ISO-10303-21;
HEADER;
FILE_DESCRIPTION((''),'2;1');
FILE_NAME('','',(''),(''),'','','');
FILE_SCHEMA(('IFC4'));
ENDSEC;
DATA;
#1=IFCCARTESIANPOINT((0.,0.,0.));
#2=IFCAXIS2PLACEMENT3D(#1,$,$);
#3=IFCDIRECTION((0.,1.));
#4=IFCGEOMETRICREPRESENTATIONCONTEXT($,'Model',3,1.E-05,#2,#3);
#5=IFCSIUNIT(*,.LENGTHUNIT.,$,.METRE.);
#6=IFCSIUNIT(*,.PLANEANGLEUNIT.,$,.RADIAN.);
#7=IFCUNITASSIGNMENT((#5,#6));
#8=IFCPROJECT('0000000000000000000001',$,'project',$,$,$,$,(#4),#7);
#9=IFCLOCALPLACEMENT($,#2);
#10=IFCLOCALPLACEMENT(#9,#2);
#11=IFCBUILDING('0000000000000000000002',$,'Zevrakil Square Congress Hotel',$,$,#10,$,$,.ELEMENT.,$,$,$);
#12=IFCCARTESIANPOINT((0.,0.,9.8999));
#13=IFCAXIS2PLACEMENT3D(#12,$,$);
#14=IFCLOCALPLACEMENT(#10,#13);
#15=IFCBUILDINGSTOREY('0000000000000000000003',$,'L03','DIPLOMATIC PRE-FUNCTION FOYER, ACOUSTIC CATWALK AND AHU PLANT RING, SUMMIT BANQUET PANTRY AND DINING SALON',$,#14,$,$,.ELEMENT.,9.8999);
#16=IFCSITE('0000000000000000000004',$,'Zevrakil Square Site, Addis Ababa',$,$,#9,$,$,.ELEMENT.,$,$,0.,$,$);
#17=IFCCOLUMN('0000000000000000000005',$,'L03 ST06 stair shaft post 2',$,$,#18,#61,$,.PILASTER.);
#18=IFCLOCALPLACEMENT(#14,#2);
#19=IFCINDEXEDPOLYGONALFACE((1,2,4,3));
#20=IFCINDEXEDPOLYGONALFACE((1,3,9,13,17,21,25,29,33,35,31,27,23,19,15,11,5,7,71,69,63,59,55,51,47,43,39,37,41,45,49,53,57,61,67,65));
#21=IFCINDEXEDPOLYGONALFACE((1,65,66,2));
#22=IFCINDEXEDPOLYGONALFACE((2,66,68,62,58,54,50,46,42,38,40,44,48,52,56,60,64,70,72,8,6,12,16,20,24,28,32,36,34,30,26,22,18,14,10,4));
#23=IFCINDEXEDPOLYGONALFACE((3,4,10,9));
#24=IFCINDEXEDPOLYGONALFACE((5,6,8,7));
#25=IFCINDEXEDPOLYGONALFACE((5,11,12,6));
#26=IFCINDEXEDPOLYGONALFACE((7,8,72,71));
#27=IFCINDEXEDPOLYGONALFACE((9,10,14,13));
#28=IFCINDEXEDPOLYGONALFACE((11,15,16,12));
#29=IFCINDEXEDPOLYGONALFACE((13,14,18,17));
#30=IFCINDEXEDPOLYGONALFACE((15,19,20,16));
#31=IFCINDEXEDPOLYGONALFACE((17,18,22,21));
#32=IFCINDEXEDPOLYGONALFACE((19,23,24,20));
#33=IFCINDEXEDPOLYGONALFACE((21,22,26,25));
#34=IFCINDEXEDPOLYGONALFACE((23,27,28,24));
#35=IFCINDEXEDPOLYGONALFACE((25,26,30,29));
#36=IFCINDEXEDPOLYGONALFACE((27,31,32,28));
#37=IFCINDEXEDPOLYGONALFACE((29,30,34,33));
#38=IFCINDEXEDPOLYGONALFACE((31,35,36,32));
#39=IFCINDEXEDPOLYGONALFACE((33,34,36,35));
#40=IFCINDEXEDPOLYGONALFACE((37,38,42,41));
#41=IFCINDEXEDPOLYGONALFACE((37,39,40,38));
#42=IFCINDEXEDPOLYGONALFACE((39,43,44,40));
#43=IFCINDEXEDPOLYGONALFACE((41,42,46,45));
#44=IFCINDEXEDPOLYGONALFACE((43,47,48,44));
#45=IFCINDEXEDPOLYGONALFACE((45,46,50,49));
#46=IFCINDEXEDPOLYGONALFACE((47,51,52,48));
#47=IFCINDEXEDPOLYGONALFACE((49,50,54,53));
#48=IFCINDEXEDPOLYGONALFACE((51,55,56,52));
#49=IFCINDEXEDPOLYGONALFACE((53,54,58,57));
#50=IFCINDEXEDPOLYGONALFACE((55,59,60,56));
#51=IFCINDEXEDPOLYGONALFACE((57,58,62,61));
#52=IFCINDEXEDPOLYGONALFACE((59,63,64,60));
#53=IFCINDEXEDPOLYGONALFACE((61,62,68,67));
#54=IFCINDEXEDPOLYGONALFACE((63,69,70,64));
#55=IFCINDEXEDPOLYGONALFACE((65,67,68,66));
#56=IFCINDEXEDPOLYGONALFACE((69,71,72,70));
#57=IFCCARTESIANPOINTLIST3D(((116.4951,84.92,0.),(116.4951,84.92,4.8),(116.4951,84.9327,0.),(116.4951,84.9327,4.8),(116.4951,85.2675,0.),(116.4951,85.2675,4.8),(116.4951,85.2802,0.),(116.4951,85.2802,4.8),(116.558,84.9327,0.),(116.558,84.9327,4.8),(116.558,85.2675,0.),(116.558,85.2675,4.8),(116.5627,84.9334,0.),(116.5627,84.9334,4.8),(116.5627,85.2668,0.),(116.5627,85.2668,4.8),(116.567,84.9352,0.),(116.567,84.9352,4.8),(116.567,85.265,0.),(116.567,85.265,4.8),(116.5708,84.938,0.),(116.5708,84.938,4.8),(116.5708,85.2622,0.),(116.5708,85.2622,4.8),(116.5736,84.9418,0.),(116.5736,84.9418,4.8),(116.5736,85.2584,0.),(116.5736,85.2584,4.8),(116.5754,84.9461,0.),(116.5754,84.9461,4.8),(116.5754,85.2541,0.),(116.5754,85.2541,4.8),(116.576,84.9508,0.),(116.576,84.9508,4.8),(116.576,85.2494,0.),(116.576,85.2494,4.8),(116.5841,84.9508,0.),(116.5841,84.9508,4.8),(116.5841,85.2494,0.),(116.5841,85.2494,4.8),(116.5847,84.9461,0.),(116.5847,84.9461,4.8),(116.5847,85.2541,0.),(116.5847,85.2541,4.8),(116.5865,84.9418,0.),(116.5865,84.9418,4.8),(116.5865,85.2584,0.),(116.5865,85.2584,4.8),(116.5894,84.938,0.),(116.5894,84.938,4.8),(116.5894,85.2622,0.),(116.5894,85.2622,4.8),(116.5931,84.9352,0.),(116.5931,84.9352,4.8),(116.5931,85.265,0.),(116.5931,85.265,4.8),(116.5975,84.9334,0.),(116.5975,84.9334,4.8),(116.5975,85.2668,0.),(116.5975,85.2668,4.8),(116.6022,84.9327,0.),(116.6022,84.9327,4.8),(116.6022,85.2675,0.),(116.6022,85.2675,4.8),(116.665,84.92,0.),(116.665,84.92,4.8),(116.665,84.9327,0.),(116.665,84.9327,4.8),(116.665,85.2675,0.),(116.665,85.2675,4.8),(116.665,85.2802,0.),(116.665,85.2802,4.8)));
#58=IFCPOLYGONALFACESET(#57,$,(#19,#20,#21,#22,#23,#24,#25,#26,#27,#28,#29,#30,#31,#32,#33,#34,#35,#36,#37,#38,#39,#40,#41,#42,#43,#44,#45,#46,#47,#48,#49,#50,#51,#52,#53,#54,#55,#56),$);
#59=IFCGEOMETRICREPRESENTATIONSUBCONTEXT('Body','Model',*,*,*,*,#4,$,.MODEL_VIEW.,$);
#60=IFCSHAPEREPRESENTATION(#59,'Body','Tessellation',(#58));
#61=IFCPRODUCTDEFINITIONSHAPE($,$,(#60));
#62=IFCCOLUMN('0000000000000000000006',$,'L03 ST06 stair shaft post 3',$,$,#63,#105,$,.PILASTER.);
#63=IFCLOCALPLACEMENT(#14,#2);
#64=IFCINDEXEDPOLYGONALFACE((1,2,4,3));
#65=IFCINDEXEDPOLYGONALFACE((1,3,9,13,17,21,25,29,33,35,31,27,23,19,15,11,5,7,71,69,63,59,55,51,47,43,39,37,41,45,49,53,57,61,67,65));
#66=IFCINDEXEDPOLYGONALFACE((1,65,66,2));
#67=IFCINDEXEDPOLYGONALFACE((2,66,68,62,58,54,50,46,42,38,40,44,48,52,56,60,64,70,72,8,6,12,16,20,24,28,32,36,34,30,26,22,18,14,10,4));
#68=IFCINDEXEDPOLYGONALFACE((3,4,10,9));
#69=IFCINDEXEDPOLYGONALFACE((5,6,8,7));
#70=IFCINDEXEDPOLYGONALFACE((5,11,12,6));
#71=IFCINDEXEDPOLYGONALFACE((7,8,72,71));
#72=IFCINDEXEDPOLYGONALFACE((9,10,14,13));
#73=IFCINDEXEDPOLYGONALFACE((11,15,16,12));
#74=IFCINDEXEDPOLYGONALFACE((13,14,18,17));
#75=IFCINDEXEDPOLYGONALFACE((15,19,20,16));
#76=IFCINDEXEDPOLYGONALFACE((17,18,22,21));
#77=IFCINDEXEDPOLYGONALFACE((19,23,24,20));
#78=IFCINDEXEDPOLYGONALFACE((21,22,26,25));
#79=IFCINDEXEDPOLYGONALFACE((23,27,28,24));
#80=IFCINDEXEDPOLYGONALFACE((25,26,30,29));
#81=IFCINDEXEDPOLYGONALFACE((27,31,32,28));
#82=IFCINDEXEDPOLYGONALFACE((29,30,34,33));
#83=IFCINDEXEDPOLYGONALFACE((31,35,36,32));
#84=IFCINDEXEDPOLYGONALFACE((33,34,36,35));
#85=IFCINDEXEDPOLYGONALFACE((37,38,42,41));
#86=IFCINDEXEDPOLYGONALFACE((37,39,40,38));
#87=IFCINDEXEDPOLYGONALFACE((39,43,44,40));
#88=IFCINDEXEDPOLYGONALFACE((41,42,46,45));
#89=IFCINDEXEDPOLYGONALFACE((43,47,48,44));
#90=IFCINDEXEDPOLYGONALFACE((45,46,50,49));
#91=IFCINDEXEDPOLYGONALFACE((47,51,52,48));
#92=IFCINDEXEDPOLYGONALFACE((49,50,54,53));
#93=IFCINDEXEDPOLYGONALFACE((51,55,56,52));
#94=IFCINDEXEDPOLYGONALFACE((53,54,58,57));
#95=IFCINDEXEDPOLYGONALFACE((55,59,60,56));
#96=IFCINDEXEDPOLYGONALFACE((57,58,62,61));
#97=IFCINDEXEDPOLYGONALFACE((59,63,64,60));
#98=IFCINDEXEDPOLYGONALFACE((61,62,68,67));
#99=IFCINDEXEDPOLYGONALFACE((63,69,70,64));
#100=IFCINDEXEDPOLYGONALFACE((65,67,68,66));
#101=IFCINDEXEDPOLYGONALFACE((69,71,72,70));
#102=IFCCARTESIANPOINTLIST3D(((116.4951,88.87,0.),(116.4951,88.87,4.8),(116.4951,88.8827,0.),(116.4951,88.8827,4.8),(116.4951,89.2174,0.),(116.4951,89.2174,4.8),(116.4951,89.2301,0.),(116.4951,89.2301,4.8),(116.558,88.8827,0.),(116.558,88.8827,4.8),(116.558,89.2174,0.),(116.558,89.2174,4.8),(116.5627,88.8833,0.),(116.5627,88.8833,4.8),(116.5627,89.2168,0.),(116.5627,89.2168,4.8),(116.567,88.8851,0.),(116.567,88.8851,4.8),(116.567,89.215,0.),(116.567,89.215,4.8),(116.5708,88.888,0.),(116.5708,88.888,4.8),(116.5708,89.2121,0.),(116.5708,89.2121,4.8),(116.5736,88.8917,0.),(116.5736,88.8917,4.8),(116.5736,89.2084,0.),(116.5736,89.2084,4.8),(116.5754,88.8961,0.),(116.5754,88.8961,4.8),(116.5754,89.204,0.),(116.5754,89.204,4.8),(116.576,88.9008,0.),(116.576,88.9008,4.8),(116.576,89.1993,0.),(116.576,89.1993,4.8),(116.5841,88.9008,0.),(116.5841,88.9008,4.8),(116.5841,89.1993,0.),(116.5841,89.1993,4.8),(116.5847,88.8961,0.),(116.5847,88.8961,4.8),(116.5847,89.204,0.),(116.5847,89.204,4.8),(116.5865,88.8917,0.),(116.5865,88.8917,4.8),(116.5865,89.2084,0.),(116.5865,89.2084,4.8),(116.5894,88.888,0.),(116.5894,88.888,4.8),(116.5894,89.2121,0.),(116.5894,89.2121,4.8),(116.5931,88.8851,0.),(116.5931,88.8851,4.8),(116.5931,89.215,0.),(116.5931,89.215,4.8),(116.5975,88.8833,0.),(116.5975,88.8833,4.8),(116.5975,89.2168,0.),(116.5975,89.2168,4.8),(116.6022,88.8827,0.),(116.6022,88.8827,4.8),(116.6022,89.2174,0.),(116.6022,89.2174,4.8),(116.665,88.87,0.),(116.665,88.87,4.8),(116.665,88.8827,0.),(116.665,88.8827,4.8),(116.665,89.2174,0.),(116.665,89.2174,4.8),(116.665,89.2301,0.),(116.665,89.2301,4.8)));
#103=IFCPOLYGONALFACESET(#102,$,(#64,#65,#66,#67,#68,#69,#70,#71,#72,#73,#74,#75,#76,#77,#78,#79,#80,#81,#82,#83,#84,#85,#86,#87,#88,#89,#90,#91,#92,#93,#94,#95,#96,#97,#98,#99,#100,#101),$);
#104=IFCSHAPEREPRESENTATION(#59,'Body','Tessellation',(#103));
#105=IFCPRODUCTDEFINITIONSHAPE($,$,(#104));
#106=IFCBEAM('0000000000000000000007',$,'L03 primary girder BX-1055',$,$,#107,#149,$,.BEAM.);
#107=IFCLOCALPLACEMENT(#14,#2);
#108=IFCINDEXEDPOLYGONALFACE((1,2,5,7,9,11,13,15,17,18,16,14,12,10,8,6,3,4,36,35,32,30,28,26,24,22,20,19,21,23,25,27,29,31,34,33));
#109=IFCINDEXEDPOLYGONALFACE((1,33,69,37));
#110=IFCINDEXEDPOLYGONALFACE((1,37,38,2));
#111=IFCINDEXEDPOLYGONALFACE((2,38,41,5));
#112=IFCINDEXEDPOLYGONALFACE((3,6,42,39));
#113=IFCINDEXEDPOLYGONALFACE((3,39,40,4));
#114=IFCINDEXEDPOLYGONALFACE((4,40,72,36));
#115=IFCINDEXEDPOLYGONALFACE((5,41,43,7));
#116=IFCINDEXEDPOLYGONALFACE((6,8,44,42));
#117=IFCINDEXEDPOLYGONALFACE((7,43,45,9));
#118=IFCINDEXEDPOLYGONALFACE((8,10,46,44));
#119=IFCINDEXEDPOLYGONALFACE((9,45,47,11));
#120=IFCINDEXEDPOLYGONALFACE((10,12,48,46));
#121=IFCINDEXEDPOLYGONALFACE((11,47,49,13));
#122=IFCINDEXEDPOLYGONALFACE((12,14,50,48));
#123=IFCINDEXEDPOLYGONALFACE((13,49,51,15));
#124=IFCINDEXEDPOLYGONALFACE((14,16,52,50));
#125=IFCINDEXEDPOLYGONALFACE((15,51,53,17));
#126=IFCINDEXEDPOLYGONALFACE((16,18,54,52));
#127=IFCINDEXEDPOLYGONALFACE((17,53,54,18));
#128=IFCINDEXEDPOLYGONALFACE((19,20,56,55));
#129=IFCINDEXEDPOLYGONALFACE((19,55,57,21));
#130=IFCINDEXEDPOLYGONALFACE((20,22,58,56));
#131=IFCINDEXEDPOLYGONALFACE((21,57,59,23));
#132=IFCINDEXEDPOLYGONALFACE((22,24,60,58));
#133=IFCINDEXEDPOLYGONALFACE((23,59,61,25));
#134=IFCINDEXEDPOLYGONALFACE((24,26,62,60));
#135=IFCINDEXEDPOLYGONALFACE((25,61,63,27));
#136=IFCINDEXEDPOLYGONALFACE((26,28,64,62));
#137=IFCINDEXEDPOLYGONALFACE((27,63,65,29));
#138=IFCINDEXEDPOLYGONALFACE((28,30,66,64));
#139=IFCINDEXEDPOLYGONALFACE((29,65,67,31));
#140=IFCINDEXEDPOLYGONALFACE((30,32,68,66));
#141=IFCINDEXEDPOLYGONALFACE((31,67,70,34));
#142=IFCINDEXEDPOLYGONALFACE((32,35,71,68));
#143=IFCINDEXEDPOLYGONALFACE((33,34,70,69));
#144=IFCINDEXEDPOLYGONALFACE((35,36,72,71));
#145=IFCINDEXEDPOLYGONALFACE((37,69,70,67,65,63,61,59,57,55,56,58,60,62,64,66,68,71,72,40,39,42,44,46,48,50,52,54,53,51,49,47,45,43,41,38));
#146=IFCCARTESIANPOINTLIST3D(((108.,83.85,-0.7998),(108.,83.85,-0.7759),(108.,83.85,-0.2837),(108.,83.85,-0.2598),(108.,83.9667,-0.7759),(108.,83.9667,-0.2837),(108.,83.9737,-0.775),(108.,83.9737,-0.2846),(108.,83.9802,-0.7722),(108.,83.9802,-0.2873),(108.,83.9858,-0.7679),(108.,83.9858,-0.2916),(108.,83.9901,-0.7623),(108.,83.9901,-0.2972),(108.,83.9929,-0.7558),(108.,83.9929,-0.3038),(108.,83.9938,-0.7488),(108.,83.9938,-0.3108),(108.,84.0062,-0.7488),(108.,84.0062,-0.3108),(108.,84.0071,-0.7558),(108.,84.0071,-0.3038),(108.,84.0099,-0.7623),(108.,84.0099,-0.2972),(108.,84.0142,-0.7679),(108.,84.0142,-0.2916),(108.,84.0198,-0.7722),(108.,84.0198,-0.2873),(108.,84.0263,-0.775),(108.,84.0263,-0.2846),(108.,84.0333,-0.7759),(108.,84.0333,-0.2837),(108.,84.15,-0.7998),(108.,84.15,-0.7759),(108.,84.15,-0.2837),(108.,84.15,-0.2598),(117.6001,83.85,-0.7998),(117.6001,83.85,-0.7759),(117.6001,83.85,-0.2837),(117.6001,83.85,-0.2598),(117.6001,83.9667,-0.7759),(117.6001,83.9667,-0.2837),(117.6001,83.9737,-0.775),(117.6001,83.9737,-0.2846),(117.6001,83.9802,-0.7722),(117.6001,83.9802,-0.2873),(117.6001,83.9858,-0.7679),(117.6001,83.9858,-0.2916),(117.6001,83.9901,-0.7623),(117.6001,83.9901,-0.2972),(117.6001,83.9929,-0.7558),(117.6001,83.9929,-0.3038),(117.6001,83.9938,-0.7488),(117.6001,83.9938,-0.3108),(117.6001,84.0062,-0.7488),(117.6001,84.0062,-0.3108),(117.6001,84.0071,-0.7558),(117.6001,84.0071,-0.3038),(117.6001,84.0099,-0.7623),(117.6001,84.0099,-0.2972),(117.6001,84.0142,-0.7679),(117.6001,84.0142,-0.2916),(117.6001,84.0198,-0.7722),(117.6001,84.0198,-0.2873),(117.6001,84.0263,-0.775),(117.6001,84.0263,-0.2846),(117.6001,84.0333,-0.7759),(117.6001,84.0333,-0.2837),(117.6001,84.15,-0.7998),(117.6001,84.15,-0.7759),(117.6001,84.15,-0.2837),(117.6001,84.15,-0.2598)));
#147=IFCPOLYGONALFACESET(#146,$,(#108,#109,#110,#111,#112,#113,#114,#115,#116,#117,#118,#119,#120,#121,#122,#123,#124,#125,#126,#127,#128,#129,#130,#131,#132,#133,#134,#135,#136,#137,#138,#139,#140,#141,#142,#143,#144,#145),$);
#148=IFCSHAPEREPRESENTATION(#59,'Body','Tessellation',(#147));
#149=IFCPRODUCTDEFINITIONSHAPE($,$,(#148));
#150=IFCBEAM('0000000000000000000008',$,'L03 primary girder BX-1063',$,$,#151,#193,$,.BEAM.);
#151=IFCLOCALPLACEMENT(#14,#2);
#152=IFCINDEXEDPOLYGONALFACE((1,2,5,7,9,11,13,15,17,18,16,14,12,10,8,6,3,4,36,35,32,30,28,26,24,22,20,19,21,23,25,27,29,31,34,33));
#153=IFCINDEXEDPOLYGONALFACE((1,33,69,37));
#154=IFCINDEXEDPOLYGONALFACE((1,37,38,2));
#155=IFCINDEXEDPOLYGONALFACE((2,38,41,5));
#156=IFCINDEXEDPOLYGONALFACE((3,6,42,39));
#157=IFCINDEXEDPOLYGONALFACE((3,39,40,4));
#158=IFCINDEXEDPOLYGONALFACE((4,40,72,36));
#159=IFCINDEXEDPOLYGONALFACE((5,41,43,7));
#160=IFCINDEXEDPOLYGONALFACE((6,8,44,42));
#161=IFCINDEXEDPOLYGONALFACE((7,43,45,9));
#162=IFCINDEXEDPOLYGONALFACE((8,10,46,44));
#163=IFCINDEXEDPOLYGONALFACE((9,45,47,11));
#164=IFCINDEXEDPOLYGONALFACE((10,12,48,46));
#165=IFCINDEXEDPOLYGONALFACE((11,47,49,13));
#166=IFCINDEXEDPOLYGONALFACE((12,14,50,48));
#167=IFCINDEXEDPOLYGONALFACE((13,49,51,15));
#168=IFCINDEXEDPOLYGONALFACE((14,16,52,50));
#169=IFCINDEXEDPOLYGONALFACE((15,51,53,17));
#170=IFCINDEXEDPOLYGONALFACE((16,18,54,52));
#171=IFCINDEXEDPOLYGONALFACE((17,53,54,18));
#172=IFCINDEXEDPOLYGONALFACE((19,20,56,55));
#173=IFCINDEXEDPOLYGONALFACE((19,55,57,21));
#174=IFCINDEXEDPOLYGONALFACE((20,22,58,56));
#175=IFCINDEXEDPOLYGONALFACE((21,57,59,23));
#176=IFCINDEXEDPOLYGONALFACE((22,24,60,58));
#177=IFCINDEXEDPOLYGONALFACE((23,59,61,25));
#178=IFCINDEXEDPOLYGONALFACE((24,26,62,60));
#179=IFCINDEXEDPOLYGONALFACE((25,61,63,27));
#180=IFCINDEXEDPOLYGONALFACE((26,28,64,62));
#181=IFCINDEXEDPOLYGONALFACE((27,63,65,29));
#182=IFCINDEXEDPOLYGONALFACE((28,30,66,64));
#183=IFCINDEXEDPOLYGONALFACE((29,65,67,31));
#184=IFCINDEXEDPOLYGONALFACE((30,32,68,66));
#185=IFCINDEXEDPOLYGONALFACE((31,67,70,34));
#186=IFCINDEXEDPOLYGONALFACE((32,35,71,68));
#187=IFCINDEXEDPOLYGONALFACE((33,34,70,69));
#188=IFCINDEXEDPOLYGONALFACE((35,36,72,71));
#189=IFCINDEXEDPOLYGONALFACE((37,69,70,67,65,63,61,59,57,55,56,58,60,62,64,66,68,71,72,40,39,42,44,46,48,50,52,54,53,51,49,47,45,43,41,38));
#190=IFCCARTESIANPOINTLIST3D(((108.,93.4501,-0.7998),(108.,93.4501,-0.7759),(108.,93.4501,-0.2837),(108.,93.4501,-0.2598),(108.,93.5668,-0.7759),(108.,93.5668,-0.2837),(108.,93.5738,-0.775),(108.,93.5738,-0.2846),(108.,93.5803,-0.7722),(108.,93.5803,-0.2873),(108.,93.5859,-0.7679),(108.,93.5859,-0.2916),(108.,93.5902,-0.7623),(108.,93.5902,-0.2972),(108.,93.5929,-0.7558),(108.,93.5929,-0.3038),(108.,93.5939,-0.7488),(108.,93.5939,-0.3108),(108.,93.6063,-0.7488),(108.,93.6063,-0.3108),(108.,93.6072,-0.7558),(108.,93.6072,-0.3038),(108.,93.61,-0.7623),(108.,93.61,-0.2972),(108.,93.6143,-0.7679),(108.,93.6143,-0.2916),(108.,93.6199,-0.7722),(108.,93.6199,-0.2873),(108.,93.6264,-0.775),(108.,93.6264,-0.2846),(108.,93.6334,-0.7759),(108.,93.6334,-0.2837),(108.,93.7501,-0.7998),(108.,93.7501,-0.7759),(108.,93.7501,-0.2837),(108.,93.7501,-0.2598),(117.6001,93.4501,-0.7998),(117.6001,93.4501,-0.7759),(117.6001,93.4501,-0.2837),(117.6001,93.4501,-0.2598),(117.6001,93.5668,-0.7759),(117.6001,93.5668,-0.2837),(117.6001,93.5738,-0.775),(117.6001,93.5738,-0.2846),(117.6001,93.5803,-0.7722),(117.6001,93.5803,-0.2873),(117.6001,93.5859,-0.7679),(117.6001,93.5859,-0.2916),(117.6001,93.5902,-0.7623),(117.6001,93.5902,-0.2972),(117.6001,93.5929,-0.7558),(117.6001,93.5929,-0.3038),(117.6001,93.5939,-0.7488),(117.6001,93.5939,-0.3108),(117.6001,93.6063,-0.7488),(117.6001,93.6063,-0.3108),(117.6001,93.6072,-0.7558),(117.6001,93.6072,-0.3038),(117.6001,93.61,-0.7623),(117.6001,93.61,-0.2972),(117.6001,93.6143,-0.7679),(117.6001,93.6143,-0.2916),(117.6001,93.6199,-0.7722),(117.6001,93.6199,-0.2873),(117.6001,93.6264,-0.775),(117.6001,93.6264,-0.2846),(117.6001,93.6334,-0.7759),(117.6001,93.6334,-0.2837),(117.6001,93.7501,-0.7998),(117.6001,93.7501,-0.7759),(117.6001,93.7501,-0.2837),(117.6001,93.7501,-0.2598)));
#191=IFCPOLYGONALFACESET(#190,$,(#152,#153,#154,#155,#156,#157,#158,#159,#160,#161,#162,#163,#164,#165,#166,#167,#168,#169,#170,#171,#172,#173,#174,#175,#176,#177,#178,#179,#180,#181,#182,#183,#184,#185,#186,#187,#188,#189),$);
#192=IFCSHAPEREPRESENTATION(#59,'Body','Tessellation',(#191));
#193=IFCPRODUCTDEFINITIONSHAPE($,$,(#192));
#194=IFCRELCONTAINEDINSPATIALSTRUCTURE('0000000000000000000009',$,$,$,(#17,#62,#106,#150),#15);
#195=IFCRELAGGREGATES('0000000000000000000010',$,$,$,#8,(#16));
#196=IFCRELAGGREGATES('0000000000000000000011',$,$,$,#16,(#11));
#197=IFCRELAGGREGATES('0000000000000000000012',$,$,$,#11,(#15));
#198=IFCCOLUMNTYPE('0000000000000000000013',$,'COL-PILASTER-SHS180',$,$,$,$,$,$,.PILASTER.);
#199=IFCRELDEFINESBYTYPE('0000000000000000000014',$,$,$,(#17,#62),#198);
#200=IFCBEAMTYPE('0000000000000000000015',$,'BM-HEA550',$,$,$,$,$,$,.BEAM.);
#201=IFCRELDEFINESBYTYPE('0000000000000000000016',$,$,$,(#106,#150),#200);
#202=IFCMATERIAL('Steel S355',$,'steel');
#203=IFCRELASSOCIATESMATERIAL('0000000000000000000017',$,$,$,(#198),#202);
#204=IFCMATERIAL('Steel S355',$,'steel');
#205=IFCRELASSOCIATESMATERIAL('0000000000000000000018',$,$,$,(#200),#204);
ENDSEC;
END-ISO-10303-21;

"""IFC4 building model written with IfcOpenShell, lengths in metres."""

from ifc_helpers import new_model, si_unit, direction, frame, origin, origin_2d, place, context, subcontext, project, spatial, i_section, extrude, material, material_profile, profile_set, type_object, element, save


model = new_model("IFC4")

# Units and contexts
model_context = context("Model", 3, precision=1e-05, world=origin(), true_north=direction((0.0, 1.0)))
body_context = subcontext(model_context, "Body", "Model", "MODEL_VIEW")
ifc_project = project(units=[si_unit("LENGTHUNIT", "METRE"), si_unit("PLANEANGLEUNIT", "RADIAN")], contexts=[model_context])

# Site, building, storey
site_placement = place(None, origin())
site = spatial("IfcSite", under=ifc_project, at=site_placement, Name="Zevrakil Square Site, Addis Ababa", CompositionType="ELEMENT", RefElevation=0.0)
building_placement = place(site_placement, origin())
building = spatial("IfcBuilding", under=site, at=building_placement, Name="Zevrakil Square Congress Hotel", CompositionType="ELEMENT")
storey_placement = place(building_placement, frame((0.0, 0.0, 9.8999)))
storey = spatial("IfcBuildingStorey", under=building, at=storey_placement, Name="L03", Description="DIPLOMATIC PRE-FUNCTION FOYER, ACOUSTIC CATWALK AND AHU PLANT RING, SUMMIT BANQUET PANTRY AND DINING SALON", CompositionType="ELEMENT", Elevation=9.8999)

# Columns
ifc_material_1 = material(Name="Steel S355", Category="steel")
ifc_material_profile_1 = material_profile(ifc_material_1, i_section(OverallWidth=0.1699, OverallDepth=0.3601, WebThickness=0.0081, FlangeThickness=0.0127, FilletRadius=0.0181, at=origin_2d()), Name="IPE 360")
ifc_profile_set_1 = profile_set([ifc_material_profile_1], Name="Steel S355")
column_type_1 = type_object("IfcColumnType", Name="COL-PILASTER-SHS180", PredefinedType="PILASTER", material=ifc_profile_set_1)
for number, where, z_axis, x_axis, name in (
    (1, (116.5801, 85.1001, 0.0), (0.0, 0.0, 1.0), (1.0, 0.0, 0.0), "L03 ST06 stair shaft post 2"),
    (2, (116.5801, 89.05, 0.0), (0.0, 0.0, 1.0), (1.0, 0.0, 0.0), "L03 ST06 stair shaft post 3"),
):
    element("IfcColumn", number, at=place(storey_placement, frame(where, z_axis=z_axis, x_axis=x_axis)), inside=storey, type_object=column_type_1, Name=name, PredefinedType="PILASTER", context=body_context, shape_type="SweptSolid", body=[
        extrude(i_section(OverallWidth=0.1699, OverallDepth=0.3601, WebThickness=0.0081, FlangeThickness=0.0127, FilletRadius=0.0181, at=origin_2d()), origin(), (0.0, 0.0, 1.0), 4.8),
    ])

# Beams
ifc_material_2 = material(Name="Steel S355", Category="steel")
ifc_material_profile_2 = material_profile(ifc_material_2, i_section(OverallWidth=0.3, OverallDepth=0.54, WebThickness=0.0125, FlangeThickness=0.0239, FilletRadius=0.0271, at=origin_2d()), Name="HEA 550")
ifc_profile_set_2 = profile_set([ifc_material_profile_2], Name="Steel S355")
beam_type_1 = type_object("IfcBeamType", Name="BM-HEA550", PredefinedType="BEAM", material=ifc_profile_set_2)
for number, where, z_axis, x_axis, name in (
    (3, (108.0, 84.0, -0.5298), (1.0, 0.0, 0.0), (0.0, 1.0, 0.0), "L03 primary girder BX-1055"),
    (4, (108.0, 93.6001, -0.5298), (1.0, 0.0, 0.0), (0.0, 1.0, 0.0), "L03 primary girder BX-1063"),
):
    element("IfcBeam", number, at=place(storey_placement, frame(where, z_axis=z_axis, x_axis=x_axis)), inside=storey, type_object=beam_type_1, Name=name, PredefinedType="BEAM", context=body_context, shape_type="SweptSolid", body=[
        extrude(i_section(OverallWidth=0.3, OverallDepth=0.54, WebThickness=0.0125, FlangeThickness=0.0239, FilletRadius=0.0271, at=origin_2d()), origin(), (0.0, 0.0, 1.0), 9.6001),
    ])

save(model, "model.ifc")
